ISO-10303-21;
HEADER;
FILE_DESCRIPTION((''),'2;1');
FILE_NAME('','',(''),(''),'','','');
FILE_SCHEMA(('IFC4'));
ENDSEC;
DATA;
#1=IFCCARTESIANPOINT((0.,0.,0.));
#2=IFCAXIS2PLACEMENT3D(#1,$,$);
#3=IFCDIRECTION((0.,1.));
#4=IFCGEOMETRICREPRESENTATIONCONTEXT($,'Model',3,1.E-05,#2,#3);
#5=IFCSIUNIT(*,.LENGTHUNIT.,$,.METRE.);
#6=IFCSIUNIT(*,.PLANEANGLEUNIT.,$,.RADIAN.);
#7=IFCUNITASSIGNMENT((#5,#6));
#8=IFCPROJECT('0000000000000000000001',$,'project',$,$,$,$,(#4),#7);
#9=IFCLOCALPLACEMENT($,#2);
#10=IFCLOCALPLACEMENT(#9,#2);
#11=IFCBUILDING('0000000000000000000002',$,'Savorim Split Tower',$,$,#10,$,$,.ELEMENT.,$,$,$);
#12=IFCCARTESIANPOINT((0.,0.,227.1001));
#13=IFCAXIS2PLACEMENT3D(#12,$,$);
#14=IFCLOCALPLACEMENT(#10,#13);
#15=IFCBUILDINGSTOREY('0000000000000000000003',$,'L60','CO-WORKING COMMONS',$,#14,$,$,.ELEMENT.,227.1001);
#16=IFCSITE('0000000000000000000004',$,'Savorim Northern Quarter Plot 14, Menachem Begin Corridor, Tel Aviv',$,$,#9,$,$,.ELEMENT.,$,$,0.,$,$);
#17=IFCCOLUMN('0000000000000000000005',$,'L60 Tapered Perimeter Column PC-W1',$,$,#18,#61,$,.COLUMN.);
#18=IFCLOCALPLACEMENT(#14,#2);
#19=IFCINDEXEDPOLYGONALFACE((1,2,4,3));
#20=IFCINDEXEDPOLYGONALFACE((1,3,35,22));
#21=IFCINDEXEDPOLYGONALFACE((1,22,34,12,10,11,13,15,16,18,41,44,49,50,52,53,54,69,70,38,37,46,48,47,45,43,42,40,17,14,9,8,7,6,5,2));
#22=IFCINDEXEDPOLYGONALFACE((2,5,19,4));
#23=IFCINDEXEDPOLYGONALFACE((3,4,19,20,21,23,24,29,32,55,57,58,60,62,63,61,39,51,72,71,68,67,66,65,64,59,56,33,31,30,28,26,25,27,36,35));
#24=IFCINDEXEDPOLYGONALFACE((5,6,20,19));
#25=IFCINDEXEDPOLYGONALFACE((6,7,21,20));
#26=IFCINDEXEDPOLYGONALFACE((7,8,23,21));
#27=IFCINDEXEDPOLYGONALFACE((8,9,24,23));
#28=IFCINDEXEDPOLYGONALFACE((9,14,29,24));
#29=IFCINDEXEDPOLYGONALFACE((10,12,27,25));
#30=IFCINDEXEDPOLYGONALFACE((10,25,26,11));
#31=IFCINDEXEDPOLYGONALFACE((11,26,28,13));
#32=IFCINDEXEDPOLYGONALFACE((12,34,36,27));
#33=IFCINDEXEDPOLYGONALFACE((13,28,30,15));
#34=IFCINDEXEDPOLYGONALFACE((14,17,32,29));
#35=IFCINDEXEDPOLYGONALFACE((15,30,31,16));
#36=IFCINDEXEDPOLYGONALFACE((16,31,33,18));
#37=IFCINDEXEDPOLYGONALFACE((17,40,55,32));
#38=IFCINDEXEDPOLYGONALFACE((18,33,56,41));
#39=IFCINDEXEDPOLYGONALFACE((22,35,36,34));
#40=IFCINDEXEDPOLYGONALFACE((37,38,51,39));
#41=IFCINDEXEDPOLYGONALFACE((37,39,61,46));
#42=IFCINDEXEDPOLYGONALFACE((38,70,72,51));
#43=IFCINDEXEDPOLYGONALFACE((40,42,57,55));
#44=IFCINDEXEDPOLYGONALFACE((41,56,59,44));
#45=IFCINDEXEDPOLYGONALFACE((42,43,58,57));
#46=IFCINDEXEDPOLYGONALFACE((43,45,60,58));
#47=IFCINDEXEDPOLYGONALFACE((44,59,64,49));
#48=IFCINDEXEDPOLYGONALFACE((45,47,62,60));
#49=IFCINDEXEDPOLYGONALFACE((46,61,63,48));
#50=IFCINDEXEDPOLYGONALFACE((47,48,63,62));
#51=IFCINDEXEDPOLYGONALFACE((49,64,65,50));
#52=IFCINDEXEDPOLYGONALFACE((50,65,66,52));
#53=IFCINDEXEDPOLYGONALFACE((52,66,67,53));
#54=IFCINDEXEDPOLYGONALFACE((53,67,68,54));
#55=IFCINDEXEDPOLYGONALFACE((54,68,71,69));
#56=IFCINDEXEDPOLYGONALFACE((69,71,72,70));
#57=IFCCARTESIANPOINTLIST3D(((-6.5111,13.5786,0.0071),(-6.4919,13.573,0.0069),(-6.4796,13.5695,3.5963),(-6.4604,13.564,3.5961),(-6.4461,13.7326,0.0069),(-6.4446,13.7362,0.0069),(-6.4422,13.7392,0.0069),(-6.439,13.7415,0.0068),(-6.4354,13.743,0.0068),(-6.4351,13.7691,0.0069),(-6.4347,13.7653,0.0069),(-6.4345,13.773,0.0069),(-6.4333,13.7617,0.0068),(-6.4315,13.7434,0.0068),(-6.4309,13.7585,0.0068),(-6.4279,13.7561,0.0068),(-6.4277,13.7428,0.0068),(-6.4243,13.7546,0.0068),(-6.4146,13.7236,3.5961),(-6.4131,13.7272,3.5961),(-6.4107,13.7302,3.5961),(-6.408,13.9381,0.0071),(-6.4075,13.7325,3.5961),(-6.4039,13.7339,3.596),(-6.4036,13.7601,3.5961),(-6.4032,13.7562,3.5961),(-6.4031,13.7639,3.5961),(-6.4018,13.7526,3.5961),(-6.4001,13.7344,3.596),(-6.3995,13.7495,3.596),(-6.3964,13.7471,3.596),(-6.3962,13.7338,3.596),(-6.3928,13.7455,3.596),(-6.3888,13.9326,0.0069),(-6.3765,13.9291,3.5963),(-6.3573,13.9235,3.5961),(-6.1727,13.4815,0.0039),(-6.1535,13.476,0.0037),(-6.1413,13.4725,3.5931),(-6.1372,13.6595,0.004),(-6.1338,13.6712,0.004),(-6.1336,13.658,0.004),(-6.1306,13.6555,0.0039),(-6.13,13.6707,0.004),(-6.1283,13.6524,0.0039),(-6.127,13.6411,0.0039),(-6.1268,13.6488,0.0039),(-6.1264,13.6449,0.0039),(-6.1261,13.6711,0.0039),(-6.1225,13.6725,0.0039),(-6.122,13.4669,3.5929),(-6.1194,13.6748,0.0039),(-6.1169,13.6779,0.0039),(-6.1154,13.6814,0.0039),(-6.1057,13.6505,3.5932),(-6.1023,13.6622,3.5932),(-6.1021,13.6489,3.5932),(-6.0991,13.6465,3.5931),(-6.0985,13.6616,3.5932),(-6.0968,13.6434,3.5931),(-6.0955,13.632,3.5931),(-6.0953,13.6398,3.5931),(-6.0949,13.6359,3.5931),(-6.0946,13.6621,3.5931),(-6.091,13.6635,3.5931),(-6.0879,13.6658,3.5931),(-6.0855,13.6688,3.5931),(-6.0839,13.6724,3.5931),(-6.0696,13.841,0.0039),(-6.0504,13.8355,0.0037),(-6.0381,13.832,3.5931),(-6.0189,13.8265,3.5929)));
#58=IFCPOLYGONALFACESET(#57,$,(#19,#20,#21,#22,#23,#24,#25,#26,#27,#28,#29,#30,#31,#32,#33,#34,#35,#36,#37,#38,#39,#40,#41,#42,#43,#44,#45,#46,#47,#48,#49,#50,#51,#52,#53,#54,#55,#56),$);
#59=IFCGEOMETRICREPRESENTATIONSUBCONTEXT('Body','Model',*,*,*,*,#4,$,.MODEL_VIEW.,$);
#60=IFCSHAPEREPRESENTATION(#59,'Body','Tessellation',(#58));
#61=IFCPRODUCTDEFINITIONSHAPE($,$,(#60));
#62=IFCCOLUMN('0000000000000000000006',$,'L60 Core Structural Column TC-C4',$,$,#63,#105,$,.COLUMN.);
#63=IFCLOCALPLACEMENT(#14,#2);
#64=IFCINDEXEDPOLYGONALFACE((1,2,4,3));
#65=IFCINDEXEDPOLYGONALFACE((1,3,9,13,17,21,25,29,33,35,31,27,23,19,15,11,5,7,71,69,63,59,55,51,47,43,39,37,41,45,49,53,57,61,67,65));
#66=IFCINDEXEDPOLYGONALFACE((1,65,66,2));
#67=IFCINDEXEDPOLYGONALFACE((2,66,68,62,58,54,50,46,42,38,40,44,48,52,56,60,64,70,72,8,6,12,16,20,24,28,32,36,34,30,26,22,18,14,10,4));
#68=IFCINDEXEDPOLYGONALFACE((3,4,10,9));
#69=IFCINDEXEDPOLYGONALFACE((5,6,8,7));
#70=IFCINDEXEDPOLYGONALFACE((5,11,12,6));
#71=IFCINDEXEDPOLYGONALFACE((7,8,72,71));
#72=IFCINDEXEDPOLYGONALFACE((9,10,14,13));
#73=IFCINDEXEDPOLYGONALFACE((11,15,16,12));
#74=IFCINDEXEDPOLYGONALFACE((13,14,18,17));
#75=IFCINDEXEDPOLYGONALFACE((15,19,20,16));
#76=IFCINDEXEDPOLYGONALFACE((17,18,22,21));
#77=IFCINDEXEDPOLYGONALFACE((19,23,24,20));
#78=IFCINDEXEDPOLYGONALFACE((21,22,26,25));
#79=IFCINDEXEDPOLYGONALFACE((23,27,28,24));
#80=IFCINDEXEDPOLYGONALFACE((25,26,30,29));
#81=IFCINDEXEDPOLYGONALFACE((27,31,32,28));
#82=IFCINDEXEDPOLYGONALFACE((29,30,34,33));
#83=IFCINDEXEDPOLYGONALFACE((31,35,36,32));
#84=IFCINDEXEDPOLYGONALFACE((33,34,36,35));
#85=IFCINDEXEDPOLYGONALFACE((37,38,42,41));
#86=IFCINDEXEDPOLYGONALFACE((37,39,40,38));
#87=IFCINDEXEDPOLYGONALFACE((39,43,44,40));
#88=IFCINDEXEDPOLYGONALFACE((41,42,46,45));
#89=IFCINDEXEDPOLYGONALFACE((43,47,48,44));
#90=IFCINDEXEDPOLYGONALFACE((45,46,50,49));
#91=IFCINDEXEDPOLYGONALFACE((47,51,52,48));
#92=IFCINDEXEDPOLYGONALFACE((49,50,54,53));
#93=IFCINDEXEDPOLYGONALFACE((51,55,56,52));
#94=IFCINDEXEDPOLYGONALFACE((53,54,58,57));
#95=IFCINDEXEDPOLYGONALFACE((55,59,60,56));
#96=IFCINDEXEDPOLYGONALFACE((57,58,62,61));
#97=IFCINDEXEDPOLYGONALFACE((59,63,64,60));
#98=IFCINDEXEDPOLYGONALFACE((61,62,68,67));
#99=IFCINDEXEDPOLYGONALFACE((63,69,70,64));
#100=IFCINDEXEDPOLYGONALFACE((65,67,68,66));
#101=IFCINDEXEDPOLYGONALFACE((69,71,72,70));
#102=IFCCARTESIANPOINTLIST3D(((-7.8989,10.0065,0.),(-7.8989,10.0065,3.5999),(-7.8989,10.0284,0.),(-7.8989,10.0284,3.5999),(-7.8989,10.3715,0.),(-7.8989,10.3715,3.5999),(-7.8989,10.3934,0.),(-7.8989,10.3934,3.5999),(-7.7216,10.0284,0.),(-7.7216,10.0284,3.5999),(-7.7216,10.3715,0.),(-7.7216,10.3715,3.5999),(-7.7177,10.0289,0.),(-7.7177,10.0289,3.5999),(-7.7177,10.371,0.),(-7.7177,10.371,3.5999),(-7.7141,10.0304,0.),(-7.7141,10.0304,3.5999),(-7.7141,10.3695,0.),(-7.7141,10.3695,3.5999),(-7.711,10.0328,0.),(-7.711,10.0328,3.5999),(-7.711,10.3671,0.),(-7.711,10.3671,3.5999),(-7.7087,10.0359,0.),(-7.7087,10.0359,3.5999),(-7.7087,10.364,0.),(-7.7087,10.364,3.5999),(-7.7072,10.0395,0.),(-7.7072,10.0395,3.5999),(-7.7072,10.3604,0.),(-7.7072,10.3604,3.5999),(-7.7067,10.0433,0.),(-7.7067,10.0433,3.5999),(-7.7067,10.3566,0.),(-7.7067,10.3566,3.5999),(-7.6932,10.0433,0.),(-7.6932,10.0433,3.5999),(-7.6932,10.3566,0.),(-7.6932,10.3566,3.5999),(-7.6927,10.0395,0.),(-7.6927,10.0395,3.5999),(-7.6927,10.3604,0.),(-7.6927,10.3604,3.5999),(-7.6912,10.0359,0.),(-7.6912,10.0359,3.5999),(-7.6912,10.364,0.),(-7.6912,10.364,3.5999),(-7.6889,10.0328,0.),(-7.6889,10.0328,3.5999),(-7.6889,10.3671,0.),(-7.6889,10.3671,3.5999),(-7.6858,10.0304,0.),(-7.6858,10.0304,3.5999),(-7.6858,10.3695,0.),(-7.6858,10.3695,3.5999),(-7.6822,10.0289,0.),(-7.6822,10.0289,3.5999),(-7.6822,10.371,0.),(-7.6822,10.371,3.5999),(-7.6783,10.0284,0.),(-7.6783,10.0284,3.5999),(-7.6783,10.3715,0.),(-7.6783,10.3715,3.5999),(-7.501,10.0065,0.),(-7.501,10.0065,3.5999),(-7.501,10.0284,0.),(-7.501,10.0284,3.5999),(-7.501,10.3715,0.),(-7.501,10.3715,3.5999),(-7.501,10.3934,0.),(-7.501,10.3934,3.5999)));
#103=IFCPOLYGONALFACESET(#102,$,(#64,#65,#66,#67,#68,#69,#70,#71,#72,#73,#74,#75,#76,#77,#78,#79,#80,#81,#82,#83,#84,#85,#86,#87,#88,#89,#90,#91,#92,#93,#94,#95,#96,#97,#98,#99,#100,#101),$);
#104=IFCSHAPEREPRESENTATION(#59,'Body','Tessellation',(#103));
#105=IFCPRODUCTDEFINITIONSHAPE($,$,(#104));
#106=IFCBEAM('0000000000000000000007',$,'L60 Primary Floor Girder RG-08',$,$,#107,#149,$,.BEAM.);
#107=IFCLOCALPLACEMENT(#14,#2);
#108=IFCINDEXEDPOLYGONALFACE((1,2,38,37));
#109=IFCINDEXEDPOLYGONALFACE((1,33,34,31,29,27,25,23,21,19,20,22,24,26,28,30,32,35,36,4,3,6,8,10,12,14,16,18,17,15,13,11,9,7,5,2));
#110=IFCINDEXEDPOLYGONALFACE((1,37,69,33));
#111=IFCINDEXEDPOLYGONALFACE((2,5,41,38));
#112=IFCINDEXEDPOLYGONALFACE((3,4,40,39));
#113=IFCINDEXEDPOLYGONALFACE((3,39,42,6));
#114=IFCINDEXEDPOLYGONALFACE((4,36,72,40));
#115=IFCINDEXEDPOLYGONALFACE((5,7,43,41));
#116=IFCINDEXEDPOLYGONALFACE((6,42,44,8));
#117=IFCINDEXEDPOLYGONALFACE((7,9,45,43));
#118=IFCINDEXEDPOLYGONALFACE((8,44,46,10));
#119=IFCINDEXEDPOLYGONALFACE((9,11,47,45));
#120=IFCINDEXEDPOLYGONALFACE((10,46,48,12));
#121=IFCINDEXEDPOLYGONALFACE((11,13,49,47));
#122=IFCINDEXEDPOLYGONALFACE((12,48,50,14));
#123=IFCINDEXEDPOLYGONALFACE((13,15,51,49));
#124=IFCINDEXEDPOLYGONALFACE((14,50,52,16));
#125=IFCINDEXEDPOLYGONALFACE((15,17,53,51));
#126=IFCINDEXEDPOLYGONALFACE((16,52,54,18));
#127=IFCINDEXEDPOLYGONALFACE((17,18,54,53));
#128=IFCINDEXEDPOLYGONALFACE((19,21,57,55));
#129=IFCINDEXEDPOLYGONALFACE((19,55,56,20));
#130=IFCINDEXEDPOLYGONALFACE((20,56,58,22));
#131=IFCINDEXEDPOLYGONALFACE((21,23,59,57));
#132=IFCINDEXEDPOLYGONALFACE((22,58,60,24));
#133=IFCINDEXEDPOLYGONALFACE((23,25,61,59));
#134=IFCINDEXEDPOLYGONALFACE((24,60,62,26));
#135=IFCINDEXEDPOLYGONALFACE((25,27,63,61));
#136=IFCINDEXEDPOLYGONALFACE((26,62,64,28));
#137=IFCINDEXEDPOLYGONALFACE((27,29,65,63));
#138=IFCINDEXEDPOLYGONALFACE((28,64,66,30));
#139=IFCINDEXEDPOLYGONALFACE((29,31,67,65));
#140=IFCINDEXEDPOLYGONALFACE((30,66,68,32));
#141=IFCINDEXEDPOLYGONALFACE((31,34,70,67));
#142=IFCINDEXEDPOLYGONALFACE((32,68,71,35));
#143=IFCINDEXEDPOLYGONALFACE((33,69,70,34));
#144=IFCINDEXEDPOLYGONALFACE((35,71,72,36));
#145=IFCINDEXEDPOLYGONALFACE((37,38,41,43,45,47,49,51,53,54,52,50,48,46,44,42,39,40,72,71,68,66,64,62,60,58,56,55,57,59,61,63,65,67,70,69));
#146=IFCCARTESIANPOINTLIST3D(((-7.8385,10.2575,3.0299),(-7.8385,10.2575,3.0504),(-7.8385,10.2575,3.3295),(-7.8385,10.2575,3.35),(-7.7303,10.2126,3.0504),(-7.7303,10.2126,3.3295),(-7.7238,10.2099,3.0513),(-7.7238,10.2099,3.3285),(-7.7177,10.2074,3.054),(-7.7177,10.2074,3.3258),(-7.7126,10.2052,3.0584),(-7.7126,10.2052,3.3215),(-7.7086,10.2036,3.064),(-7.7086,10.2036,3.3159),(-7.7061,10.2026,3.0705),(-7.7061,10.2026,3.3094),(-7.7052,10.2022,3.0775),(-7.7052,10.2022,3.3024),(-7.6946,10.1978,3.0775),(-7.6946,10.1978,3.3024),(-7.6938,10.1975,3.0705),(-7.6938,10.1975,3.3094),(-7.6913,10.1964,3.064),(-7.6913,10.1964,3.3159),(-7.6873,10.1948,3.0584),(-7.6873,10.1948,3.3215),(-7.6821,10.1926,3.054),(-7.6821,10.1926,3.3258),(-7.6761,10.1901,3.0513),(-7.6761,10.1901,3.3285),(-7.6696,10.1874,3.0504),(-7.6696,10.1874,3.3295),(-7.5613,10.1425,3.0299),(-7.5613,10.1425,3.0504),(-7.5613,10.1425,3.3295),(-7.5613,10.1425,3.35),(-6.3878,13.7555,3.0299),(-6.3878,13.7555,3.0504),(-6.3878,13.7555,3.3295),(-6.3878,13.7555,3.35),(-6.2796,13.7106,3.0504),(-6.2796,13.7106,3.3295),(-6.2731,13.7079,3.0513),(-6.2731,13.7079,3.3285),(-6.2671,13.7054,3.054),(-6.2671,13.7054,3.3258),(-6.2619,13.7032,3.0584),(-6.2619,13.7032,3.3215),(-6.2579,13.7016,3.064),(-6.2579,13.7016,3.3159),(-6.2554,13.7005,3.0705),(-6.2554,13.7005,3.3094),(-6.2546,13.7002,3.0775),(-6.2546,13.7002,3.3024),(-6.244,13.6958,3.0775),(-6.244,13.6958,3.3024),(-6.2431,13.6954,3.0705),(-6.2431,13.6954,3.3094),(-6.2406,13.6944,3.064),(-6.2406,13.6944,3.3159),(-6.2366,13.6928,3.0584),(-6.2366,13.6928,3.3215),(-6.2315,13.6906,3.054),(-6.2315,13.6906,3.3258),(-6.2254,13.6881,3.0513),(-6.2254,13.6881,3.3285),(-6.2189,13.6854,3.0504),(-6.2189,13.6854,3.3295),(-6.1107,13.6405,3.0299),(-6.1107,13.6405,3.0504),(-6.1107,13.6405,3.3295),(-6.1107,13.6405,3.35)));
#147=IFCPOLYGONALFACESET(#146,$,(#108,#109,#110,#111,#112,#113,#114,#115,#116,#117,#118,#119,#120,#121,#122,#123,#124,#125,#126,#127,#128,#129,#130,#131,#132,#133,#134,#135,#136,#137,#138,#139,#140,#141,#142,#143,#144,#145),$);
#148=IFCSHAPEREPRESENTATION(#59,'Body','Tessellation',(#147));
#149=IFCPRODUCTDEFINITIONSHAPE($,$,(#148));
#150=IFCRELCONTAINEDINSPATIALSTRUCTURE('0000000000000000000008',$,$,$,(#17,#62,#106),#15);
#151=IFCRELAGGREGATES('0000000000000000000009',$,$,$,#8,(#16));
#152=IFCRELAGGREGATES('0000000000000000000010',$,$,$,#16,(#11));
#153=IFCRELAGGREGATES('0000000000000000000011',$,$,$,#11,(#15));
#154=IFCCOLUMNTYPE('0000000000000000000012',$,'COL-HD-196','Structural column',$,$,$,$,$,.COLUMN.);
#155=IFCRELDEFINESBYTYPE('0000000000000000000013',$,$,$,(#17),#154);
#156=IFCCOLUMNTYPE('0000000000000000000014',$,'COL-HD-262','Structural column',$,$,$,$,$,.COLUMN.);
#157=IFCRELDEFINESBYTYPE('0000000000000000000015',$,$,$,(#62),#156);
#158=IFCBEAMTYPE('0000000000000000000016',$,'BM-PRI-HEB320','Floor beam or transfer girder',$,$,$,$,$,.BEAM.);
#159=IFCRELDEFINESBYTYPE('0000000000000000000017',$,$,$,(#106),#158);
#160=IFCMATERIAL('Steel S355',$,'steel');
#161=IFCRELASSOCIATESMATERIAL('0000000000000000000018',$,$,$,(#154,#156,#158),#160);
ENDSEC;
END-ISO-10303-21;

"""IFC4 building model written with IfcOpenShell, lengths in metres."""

from ifc_helpers import new_model, si_unit, direction, frame, origin, origin_2d, place, context, subcontext, project, spatial, i_section, extrude, material, material_profile, profile_set, type_object, element, save


model = new_model("IFC4")

# Units and contexts
model_context = context("Model", 3, precision=1e-05, world=origin(), true_north=direction((0.0, 1.0)))
body_context = subcontext(model_context, "Body", "Model", "MODEL_VIEW")
ifc_project = project(units=[si_unit("LENGTHUNIT", "METRE"), si_unit("PLANEANGLEUNIT", "RADIAN")], contexts=[model_context])

# Site, building, storey
site_placement = place(None, origin())
site = spatial("IfcSite", under=ifc_project, at=site_placement, Name="Savorim Northern Quarter Plot 14, Menachem Begin Corridor, Tel Aviv", CompositionType="ELEMENT", RefElevation=0.0)
building_placement = place(site_placement, origin())
building = spatial("IfcBuilding", under=site, at=building_placement, Name="Savorim Split Tower", CompositionType="ELEMENT")
storey_placement = place(building_placement, frame((0.0, 0.0, 227.1001)))
storey = spatial("IfcBuildingStorey", under=building, at=storey_placement, Name="L60", Description="CO-WORKING COMMONS", CompositionType="ELEMENT", Elevation=227.1001)

# Columns
ifc_material_1 = material(Name="Steel S355", Category="steel")
ifc_material_profile_1 = material_profile(ifc_material_1, i_section(OverallWidth=0.374, OverallDepth=0.3721, WebThickness=0.0122, FlangeThickness=0.02, FilletRadius=0.0149, at=origin_2d()), Name="HD 360x196")
ifc_profile_set_1 = profile_set([ifc_material_profile_1], Name="Steel S355")
column_type_1 = type_object("IfcColumnType", Name="COL-HD-196", Description="Structural column", PredefinedType="COLUMN", material=ifc_profile_set_1)
column_1_placement = place(storey_placement, frame((-6.2808, 13.707, 0.0054), z_axis=(0.008775, -0.002517, 0.999958), x_axis=(0.275705, 0.961242, 0.0)))
element("IfcColumn", 1, at=column_1_placement, inside=storey, type_object=column_type_1, Name="L60 Tapered Perimeter Column PC-W1", PredefinedType="COLUMN", context=body_context, shape_type="SweptSolid", body=[
    extrude(i_section(OverallWidth=0.374, OverallDepth=0.3721, WebThickness=0.0122, FlangeThickness=0.02, FilletRadius=0.0149, at=origin_2d()), origin(), (0.0, 0.0, 1.0), 3.5894),
])
ifc_material_profile_2 = material_profile(ifc_material_1, i_section(OverallWidth=0.3979, OverallDepth=0.387, WebThickness=0.0134, FlangeThickness=0.022, FilletRadius=0.0149, at=origin_2d()), Name="HD 400x262")
ifc_profile_set_2 = profile_set([ifc_material_profile_2], Name="Steel S355")
column_type_2 = type_object("IfcColumnType", Name="COL-HD-262", Description="Structural column", PredefinedType="COLUMN", material=ifc_profile_set_2)
column_2_placement = place(storey_placement, frame((-7.7, 10.2, 0.0), z_axis=(0.0, 0.0, 1.0), x_axis=(1.0, 0.0, 0.0)))
element("IfcColumn", 2, at=column_2_placement, inside=storey, type_object=column_type_2, Name="L60 Core Structural Column TC-C4", PredefinedType="COLUMN", context=body_context, shape_type="SweptSolid", body=[
    extrude(i_section(OverallWidth=0.3979, OverallDepth=0.387, WebThickness=0.0134, FlangeThickness=0.022, FilletRadius=0.0149, at=origin_2d()), origin(), (0.0, 0.0, 1.0), 3.5999),
])

# Beam
ifc_material_profile_3 = material_profile(ifc_material_1, i_section(OverallWidth=0.3, OverallDepth=0.3201, WebThickness=0.0115, FlangeThickness=0.0205, FilletRadius=0.0271, at=origin_2d()), Name="HEB 320")
ifc_profile_set_3 = profile_set([ifc_material_profile_3], Name="Steel S355")
beam_type_1 = type_object("IfcBeamType", Name="BM-PRI-HEB320", Description="Floor beam or transfer girder", PredefinedType="BEAM", material=ifc_profile_set_3)
beam_1_placement = place(storey_placement, frame((-6.2493, 13.698, 3.1899), z_axis=(-0.383077, -0.923717, 0.0), x_axis=(0.923717, -0.383077, 0.0)))
element("IfcBeam", 3, at=beam_1_placement, inside=storey, type_object=beam_type_1, Name="L60 Primary Floor Girder RG-08", PredefinedType="BEAM", context=body_context, shape_type="SweptSolid", body=[
    extrude(i_section(OverallWidth=0.3, OverallDepth=0.3201, WebThickness=0.0115, FlangeThickness=0.0205, FilletRadius=0.0271, at=origin_2d()), origin(), (0.0, 0.0, 1.0), 3.7869),
])

save(model, "model.ifc")
